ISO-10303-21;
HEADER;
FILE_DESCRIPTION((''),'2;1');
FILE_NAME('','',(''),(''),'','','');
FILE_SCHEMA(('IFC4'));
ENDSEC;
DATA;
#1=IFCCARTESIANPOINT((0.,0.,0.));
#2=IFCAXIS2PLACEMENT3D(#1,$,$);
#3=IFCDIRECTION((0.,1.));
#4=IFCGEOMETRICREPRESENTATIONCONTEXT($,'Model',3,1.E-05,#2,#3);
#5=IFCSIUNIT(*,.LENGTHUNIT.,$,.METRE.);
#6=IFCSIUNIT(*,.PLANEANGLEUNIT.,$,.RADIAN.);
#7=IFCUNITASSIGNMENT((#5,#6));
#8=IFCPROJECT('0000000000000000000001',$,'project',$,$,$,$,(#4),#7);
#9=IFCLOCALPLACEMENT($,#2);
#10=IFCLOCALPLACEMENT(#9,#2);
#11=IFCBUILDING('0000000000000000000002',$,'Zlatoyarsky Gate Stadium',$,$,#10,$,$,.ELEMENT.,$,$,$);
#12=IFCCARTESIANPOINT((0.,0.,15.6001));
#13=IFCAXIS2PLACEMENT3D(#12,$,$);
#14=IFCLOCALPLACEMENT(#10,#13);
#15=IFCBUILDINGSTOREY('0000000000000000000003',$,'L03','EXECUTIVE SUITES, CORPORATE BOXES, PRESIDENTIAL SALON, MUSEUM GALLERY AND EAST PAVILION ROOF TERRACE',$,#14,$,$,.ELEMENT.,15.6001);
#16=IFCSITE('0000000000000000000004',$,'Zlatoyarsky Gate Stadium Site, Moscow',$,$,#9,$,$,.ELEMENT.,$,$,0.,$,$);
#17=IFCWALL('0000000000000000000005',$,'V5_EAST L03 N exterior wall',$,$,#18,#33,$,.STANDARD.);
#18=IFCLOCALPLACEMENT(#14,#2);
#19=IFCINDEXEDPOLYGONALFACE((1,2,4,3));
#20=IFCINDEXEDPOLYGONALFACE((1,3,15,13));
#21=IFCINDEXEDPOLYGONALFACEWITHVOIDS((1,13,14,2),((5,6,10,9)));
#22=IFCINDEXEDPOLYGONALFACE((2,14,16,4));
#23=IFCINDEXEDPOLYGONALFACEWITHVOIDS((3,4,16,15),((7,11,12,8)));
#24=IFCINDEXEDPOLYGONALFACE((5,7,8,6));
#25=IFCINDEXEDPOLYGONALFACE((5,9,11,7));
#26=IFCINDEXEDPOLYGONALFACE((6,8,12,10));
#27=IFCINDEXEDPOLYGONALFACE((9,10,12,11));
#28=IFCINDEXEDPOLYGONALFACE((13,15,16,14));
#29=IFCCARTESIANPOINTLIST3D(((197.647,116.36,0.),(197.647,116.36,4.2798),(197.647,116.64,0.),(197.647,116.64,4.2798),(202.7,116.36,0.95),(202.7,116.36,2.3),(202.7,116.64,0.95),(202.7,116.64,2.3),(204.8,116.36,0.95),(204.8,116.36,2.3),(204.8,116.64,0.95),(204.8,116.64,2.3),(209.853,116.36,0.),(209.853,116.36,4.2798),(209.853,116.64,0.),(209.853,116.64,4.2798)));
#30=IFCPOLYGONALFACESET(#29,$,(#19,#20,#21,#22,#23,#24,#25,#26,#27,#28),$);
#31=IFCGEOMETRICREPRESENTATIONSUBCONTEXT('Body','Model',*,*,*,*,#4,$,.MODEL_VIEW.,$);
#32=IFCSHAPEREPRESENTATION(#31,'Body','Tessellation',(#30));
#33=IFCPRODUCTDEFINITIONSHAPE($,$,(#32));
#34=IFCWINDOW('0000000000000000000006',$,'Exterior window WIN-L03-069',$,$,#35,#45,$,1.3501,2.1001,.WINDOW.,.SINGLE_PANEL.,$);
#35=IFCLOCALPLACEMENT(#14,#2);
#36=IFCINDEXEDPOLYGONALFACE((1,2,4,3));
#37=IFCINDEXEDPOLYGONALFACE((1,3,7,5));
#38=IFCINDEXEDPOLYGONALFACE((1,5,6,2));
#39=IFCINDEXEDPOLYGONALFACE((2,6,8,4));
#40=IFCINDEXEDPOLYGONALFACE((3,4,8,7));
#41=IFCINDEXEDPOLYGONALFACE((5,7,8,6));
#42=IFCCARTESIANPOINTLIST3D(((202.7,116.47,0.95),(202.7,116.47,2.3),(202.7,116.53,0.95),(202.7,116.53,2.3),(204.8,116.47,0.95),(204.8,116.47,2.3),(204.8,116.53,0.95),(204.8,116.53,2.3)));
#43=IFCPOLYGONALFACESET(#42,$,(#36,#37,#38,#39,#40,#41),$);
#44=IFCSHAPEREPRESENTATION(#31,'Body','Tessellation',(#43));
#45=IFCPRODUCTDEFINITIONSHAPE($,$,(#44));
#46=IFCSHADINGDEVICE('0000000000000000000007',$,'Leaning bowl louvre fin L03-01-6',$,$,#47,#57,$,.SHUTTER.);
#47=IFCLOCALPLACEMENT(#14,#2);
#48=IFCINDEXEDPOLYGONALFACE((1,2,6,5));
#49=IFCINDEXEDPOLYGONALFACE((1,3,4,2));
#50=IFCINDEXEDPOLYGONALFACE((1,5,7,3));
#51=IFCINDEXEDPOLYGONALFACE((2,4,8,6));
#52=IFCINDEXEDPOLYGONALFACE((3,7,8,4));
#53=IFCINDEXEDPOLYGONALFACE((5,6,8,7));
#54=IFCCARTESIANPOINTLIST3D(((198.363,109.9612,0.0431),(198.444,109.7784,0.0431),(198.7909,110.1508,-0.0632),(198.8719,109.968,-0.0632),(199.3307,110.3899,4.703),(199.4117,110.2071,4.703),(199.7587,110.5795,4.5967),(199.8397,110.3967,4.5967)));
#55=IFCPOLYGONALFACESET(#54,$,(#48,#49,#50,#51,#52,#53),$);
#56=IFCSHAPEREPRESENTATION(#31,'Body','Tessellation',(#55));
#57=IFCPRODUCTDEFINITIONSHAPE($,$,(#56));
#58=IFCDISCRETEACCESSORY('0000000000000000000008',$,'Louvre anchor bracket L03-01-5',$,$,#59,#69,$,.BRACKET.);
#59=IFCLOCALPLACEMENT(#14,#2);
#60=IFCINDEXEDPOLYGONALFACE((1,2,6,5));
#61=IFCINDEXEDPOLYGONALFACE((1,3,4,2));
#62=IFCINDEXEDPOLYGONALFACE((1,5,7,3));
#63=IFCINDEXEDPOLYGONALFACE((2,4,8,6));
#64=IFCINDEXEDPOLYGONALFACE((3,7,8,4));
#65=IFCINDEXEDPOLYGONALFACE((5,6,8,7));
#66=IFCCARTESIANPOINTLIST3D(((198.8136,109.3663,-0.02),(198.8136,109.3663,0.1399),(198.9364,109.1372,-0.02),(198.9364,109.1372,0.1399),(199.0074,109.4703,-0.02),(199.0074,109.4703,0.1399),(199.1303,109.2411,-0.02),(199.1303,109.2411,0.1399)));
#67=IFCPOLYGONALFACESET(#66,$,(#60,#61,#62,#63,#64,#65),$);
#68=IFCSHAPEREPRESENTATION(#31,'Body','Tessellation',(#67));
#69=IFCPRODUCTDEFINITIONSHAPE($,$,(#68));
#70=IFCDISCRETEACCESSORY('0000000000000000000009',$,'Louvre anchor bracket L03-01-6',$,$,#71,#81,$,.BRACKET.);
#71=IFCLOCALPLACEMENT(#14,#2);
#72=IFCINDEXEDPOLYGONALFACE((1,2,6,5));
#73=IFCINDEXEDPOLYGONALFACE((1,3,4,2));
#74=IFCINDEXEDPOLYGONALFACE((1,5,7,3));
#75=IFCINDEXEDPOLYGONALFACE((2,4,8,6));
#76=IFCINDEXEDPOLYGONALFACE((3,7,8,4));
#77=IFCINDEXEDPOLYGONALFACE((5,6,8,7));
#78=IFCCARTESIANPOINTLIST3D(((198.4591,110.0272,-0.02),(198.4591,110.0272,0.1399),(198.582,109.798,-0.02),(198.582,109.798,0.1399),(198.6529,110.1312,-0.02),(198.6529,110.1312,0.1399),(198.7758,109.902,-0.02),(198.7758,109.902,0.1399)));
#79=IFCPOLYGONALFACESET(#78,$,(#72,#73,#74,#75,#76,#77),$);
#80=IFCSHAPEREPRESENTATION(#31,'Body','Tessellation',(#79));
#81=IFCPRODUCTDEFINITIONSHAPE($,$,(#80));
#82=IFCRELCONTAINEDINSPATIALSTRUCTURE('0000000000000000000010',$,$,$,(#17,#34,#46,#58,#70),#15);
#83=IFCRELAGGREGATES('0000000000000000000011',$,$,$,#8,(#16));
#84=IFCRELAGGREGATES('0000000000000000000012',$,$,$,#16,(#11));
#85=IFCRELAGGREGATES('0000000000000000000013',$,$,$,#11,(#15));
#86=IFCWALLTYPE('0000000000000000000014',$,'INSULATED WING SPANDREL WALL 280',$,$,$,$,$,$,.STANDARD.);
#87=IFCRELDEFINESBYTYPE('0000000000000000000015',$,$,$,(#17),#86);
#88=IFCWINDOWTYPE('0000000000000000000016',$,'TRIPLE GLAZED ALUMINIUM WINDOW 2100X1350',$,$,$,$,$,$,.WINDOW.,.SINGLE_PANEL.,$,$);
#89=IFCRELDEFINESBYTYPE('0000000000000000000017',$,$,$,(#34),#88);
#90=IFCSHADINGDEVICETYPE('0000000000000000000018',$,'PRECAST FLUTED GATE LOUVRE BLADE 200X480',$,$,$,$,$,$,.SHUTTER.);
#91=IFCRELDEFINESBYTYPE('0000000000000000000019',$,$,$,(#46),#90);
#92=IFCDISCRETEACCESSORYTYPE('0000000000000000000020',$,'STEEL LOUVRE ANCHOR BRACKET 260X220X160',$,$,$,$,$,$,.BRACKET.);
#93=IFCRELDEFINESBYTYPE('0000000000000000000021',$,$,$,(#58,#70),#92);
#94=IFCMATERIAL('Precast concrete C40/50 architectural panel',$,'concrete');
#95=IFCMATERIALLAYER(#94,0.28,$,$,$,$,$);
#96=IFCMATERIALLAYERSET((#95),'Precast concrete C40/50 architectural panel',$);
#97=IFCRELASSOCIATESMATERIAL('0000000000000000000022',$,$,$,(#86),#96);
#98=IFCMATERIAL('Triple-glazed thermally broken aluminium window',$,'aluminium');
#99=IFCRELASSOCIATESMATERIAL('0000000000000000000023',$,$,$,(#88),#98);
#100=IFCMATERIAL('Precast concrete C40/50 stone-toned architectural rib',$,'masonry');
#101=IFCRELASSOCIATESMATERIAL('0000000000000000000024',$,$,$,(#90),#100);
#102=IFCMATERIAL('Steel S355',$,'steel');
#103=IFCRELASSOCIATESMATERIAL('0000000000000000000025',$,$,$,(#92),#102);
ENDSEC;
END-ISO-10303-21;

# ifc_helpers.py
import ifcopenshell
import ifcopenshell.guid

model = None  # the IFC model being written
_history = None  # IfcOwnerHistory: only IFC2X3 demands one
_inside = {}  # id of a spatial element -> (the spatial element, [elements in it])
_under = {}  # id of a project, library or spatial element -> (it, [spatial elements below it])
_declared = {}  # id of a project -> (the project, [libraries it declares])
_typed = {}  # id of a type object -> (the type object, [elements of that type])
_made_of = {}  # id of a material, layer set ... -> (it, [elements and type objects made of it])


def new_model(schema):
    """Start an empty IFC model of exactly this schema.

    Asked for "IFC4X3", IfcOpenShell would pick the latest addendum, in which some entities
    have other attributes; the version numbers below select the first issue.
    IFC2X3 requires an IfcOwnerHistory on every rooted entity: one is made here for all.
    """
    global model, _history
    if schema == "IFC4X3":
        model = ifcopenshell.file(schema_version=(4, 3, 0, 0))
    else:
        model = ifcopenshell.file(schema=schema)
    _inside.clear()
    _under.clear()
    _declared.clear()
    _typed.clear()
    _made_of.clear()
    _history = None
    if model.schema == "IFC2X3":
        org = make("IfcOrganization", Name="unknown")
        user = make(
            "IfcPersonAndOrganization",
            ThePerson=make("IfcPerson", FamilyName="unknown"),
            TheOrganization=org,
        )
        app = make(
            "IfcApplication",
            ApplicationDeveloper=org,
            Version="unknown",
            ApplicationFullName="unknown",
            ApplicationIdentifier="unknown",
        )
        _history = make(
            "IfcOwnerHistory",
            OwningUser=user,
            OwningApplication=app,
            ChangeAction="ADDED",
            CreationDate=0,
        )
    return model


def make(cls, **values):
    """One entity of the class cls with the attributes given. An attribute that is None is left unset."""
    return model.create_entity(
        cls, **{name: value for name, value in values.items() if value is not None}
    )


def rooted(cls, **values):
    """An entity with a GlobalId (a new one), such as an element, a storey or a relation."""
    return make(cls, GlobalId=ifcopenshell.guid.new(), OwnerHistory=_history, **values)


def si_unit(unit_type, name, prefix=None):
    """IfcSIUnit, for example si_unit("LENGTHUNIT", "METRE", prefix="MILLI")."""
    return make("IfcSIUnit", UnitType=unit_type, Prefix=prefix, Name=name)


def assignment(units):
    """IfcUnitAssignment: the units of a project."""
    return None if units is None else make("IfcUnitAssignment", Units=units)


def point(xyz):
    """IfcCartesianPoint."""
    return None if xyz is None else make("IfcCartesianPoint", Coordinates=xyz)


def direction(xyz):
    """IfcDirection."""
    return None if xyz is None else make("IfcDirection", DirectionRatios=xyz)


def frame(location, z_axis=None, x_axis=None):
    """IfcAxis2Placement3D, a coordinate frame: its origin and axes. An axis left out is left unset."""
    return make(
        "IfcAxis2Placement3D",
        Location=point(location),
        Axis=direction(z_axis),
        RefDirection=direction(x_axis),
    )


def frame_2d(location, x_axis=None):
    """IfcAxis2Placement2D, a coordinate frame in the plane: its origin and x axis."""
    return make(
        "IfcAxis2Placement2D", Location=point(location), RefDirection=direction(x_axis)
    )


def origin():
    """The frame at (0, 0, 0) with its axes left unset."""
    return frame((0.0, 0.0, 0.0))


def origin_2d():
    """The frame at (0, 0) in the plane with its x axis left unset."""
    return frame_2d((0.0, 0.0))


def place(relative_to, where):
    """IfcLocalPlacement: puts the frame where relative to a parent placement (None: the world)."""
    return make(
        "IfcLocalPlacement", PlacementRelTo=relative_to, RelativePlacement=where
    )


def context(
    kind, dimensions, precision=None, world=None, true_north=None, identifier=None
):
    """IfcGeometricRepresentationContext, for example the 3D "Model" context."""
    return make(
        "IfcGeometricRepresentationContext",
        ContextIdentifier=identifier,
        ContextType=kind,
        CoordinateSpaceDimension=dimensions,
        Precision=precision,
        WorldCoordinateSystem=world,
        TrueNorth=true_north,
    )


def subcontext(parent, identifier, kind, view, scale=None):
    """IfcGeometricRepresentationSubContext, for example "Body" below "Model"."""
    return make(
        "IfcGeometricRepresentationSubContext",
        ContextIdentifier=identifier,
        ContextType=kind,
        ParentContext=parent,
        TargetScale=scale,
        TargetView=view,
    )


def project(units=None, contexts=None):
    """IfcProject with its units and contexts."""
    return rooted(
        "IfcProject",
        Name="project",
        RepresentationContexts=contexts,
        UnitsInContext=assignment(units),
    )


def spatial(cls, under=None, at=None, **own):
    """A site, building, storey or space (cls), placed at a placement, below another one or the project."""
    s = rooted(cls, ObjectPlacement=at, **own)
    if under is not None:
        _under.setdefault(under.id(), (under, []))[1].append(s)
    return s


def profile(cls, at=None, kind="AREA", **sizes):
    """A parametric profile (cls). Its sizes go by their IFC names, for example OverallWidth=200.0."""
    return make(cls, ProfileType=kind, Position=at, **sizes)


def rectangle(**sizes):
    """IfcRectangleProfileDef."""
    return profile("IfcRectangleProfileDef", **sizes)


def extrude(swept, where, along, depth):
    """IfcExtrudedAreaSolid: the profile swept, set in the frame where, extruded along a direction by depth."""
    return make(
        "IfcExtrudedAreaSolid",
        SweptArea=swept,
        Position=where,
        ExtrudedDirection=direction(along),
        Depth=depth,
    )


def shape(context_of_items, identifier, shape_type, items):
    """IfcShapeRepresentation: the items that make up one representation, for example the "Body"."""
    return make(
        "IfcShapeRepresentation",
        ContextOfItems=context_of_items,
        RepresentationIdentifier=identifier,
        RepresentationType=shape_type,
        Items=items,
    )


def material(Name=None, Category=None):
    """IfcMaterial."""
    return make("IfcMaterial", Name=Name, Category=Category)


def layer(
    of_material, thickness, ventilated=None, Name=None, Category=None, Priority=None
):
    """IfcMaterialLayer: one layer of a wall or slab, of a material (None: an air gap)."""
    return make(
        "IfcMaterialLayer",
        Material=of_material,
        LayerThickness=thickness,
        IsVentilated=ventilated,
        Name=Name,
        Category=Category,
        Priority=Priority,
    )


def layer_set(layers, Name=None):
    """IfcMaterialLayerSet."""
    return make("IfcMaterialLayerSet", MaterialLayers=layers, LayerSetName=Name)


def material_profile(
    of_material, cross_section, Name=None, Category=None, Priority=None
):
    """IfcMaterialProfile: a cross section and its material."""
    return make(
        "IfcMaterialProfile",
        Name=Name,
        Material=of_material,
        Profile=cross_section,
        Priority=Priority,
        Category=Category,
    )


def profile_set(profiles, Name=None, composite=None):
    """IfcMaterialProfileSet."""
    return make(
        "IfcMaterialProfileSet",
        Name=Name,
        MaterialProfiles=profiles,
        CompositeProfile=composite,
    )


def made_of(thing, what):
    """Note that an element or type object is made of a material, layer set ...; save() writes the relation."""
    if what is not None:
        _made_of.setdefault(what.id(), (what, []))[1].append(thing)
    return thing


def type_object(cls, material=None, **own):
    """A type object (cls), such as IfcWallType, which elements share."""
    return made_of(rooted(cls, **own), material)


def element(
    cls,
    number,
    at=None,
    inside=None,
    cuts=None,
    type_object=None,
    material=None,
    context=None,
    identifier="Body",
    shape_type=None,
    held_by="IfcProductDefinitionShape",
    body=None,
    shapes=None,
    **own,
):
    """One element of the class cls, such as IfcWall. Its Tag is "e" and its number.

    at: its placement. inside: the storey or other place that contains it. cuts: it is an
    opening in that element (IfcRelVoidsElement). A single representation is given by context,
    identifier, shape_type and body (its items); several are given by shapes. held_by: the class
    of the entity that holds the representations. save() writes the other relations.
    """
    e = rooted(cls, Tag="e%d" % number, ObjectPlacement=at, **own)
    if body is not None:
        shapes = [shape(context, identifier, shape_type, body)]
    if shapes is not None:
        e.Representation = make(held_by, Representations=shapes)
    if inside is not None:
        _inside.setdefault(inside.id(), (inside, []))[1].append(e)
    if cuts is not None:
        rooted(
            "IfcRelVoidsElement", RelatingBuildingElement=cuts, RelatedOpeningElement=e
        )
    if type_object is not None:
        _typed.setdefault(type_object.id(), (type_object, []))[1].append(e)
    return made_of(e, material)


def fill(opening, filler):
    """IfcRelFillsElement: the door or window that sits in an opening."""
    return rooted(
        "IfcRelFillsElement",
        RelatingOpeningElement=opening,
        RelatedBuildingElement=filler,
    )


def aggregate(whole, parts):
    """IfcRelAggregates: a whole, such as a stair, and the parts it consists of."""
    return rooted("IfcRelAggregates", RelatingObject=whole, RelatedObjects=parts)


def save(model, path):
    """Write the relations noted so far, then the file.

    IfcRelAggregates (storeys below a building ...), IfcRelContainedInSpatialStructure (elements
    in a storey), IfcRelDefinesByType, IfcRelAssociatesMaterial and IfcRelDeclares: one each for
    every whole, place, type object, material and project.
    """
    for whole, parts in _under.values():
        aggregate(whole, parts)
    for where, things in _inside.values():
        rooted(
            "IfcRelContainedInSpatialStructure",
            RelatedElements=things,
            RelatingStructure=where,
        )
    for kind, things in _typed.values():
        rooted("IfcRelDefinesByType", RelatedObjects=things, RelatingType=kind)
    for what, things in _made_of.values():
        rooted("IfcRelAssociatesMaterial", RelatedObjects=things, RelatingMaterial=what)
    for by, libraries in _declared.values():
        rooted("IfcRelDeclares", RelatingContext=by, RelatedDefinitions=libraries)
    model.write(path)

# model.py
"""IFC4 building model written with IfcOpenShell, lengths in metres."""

from ifc_helpers import new_model, si_unit, direction, frame, frame_2d, origin, origin_2d, place, context, subcontext, project, spatial, rectangle, extrude, material, layer, layer_set, material_profile, profile_set, type_object, element, fill, save


model = new_model("IFC4")

# Units and contexts
model_context = context("Model", 3, precision=1e-05, world=origin(), true_north=direction((0.0, 1.0)))
body_context = subcontext(model_context, "Body", "Model", "MODEL_VIEW")
ifc_project = project(units=[si_unit("LENGTHUNIT", "METRE"), si_unit("PLANEANGLEUNIT", "RADIAN")], contexts=[model_context])

# Site, building, storey
site_placement = place(None, origin())
site = spatial("IfcSite", under=ifc_project, at=site_placement, Name="Zlatoyarsky Gate Stadium Site, Moscow", CompositionType="ELEMENT", RefElevation=0.0)
building_placement = place(site_placement, origin())
building = spatial("IfcBuilding", under=site, at=building_placement, Name="Zlatoyarsky Gate Stadium", CompositionType="ELEMENT")
storey_placement = place(building_placement, frame((0.0, 0.0, 15.6001)))
storey = spatial("IfcBuildingStorey", under=building, at=storey_placement, Name="L03", Description="EXECUTIVE SUITES, CORPORATE BOXES, PRESIDENTIAL SALON, MUSEUM GALLERY AND EAST PAVILION ROOF TERRACE", CompositionType="ELEMENT", Elevation=15.6001)

# Shared definitions
ifc_material_1 = material(Name="Steel S355", Category="steel")

# Wall, opening, window
ifc_material_2 = material(Name="Precast concrete C40/50 architectural panel", Category="concrete")
ifc_layer_1 = layer(ifc_material_2, 0.28)
ifc_layer_set_1 = layer_set([ifc_layer_1], Name="Precast concrete C40/50 architectural panel")
wall_type = type_object("IfcWallType", Name="INSULATED WING SPANDREL WALL 280", PredefinedType="STANDARD", material=ifc_layer_set_1)
wall_placement = place(storey_placement, frame((197.647, 116.5, 0.0), z_axis=(0.0, 0.0, 1.0), x_axis=(1.0, 0.0, 0.0)))
wall = element("IfcWall", 1, at=wall_placement, inside=storey, type_object=wall_type, Name="V5_EAST L03 N exterior wall", PredefinedType="STANDARD", context=body_context, shape_type="SweptSolid", body=[
    extrude(rectangle(XDim=12.2061, YDim=0.28, at=frame_2d((6.103, 0.0))), origin(), (0.0, 0.0, 1.0), 4.2798),
])
opening_placement = place(wall_placement, frame((5.053, 0.0, 0.95)))
opening = element("IfcOpeningElement", 2, at=opening_placement, cuts=wall, PredefinedType="OPENING", context=body_context, shape_type="SweptSolid", body=[
    extrude(rectangle(XDim=2.1001, YDim=1.3501, at=frame_2d((1.05, 0.675))), frame((0.0, 0.1499, 0.0), z_axis=(0.0, -1.0, 0.0), x_axis=(1.0, 0.0, 0.0)), (0.0, 0.0, 1.0), 0.3),
])
ifc_material_3 = material(Name="Triple-glazed thermally broken aluminium window", Category="aluminium")
window_type = type_object("IfcWindowType", Name="TRIPLE GLAZED ALUMINIUM WINDOW 2100X1350", PartitioningType="SINGLE_PANEL", PredefinedType="WINDOW", material=ifc_material_3)
window_placement = place(opening_placement, origin())
window = element("IfcWindow", 3, at=window_placement, inside=storey, type_object=window_type, Name="Exterior window WIN-L03-069", OverallHeight=1.3501, OverallWidth=2.1001, PartitioningType="SINGLE_PANEL", PredefinedType="WINDOW", context=body_context, shape_type="SweptSolid", body=[
    extrude(rectangle(XDim=2.1001, YDim=1.3501, at=frame_2d((1.05, 0.675))), frame((0.0, 0.03, 0.0), z_axis=(0.0, -1.0, 0.0), x_axis=(1.0, 0.0, 0.0)), (0.0, 0.0, 1.0), 0.0601),
])
fill(opening, window)

# Shading device
ifc_material_4 = material(Name="Precast concrete C40/50 stone-toned architectural rib", Category="masonry")
ifc_material_profile_1 = material_profile(ifc_material_4, rectangle(XDim=0.2, YDim=0.48, at=origin_2d()), Name="RIB 200X480")
ifc_profile_set_1 = profile_set([ifc_material_profile_1], Name="Precast concrete C40/50 stone-toned architectural rib")
shading_device_type = type_object("IfcShadingDeviceType", Name="PRECAST FLUTED GATE LOUVRE BLADE 200X480", PredefinedType="SHUTTER", material=ifc_profile_set_1)
shading_device_placement = place(storey_placement, frame((198.6174, 109.9646, -0.01), z_axis=(0.202522, 0.089714, 0.97516), x_axis=(-0.405025, 0.914305, 0.0)))
element("IfcShadingDevice", 4, at=shading_device_placement, inside=storey, type_object=shading_device_type, Name="Leaning bowl louvre fin L03-01-6", PredefinedType="SHUTTER", context=body_context, shape_type="SweptSolid", body=[
    extrude(rectangle(XDim=0.2, YDim=0.48, at=origin_2d()), origin(), (0.0, 0.0, 1.0), 4.7786),
])

# Discrete accessories
discrete_accessory_type = type_object("IfcDiscreteAccessoryType", Name="STEEL LOUVRE ANCHOR BRACKET 260X220X160", PredefinedType="BRACKET", material=ifc_material_1)
for number, where, z_axis, x_axis, name in (
    (5, (198.9719, 109.3037, -0.02), (0.0, 0.0, 1.0), (-0.472643, 0.881254, 0.0), "Louvre anchor bracket L03-01-5"),
    (6, (198.6174, 109.9646, -0.02), (0.0, 0.0, 1.0), (-0.472643, 0.881254, 0.0), "Louvre anchor bracket L03-01-6"),
):
    element("IfcDiscreteAccessory", number, at=place(storey_placement, frame(where, z_axis=z_axis, x_axis=x_axis)), inside=storey, type_object=discrete_accessory_type, Name=name, PredefinedType="BRACKET", context=body_context, shape_type="SweptSolid", body=[
        extrude(rectangle(XDim=0.26, YDim=0.22, at=origin_2d()), origin(), (0.0, 0.0, 1.0), 0.1599),
    ])

save(model, "model.ifc")
